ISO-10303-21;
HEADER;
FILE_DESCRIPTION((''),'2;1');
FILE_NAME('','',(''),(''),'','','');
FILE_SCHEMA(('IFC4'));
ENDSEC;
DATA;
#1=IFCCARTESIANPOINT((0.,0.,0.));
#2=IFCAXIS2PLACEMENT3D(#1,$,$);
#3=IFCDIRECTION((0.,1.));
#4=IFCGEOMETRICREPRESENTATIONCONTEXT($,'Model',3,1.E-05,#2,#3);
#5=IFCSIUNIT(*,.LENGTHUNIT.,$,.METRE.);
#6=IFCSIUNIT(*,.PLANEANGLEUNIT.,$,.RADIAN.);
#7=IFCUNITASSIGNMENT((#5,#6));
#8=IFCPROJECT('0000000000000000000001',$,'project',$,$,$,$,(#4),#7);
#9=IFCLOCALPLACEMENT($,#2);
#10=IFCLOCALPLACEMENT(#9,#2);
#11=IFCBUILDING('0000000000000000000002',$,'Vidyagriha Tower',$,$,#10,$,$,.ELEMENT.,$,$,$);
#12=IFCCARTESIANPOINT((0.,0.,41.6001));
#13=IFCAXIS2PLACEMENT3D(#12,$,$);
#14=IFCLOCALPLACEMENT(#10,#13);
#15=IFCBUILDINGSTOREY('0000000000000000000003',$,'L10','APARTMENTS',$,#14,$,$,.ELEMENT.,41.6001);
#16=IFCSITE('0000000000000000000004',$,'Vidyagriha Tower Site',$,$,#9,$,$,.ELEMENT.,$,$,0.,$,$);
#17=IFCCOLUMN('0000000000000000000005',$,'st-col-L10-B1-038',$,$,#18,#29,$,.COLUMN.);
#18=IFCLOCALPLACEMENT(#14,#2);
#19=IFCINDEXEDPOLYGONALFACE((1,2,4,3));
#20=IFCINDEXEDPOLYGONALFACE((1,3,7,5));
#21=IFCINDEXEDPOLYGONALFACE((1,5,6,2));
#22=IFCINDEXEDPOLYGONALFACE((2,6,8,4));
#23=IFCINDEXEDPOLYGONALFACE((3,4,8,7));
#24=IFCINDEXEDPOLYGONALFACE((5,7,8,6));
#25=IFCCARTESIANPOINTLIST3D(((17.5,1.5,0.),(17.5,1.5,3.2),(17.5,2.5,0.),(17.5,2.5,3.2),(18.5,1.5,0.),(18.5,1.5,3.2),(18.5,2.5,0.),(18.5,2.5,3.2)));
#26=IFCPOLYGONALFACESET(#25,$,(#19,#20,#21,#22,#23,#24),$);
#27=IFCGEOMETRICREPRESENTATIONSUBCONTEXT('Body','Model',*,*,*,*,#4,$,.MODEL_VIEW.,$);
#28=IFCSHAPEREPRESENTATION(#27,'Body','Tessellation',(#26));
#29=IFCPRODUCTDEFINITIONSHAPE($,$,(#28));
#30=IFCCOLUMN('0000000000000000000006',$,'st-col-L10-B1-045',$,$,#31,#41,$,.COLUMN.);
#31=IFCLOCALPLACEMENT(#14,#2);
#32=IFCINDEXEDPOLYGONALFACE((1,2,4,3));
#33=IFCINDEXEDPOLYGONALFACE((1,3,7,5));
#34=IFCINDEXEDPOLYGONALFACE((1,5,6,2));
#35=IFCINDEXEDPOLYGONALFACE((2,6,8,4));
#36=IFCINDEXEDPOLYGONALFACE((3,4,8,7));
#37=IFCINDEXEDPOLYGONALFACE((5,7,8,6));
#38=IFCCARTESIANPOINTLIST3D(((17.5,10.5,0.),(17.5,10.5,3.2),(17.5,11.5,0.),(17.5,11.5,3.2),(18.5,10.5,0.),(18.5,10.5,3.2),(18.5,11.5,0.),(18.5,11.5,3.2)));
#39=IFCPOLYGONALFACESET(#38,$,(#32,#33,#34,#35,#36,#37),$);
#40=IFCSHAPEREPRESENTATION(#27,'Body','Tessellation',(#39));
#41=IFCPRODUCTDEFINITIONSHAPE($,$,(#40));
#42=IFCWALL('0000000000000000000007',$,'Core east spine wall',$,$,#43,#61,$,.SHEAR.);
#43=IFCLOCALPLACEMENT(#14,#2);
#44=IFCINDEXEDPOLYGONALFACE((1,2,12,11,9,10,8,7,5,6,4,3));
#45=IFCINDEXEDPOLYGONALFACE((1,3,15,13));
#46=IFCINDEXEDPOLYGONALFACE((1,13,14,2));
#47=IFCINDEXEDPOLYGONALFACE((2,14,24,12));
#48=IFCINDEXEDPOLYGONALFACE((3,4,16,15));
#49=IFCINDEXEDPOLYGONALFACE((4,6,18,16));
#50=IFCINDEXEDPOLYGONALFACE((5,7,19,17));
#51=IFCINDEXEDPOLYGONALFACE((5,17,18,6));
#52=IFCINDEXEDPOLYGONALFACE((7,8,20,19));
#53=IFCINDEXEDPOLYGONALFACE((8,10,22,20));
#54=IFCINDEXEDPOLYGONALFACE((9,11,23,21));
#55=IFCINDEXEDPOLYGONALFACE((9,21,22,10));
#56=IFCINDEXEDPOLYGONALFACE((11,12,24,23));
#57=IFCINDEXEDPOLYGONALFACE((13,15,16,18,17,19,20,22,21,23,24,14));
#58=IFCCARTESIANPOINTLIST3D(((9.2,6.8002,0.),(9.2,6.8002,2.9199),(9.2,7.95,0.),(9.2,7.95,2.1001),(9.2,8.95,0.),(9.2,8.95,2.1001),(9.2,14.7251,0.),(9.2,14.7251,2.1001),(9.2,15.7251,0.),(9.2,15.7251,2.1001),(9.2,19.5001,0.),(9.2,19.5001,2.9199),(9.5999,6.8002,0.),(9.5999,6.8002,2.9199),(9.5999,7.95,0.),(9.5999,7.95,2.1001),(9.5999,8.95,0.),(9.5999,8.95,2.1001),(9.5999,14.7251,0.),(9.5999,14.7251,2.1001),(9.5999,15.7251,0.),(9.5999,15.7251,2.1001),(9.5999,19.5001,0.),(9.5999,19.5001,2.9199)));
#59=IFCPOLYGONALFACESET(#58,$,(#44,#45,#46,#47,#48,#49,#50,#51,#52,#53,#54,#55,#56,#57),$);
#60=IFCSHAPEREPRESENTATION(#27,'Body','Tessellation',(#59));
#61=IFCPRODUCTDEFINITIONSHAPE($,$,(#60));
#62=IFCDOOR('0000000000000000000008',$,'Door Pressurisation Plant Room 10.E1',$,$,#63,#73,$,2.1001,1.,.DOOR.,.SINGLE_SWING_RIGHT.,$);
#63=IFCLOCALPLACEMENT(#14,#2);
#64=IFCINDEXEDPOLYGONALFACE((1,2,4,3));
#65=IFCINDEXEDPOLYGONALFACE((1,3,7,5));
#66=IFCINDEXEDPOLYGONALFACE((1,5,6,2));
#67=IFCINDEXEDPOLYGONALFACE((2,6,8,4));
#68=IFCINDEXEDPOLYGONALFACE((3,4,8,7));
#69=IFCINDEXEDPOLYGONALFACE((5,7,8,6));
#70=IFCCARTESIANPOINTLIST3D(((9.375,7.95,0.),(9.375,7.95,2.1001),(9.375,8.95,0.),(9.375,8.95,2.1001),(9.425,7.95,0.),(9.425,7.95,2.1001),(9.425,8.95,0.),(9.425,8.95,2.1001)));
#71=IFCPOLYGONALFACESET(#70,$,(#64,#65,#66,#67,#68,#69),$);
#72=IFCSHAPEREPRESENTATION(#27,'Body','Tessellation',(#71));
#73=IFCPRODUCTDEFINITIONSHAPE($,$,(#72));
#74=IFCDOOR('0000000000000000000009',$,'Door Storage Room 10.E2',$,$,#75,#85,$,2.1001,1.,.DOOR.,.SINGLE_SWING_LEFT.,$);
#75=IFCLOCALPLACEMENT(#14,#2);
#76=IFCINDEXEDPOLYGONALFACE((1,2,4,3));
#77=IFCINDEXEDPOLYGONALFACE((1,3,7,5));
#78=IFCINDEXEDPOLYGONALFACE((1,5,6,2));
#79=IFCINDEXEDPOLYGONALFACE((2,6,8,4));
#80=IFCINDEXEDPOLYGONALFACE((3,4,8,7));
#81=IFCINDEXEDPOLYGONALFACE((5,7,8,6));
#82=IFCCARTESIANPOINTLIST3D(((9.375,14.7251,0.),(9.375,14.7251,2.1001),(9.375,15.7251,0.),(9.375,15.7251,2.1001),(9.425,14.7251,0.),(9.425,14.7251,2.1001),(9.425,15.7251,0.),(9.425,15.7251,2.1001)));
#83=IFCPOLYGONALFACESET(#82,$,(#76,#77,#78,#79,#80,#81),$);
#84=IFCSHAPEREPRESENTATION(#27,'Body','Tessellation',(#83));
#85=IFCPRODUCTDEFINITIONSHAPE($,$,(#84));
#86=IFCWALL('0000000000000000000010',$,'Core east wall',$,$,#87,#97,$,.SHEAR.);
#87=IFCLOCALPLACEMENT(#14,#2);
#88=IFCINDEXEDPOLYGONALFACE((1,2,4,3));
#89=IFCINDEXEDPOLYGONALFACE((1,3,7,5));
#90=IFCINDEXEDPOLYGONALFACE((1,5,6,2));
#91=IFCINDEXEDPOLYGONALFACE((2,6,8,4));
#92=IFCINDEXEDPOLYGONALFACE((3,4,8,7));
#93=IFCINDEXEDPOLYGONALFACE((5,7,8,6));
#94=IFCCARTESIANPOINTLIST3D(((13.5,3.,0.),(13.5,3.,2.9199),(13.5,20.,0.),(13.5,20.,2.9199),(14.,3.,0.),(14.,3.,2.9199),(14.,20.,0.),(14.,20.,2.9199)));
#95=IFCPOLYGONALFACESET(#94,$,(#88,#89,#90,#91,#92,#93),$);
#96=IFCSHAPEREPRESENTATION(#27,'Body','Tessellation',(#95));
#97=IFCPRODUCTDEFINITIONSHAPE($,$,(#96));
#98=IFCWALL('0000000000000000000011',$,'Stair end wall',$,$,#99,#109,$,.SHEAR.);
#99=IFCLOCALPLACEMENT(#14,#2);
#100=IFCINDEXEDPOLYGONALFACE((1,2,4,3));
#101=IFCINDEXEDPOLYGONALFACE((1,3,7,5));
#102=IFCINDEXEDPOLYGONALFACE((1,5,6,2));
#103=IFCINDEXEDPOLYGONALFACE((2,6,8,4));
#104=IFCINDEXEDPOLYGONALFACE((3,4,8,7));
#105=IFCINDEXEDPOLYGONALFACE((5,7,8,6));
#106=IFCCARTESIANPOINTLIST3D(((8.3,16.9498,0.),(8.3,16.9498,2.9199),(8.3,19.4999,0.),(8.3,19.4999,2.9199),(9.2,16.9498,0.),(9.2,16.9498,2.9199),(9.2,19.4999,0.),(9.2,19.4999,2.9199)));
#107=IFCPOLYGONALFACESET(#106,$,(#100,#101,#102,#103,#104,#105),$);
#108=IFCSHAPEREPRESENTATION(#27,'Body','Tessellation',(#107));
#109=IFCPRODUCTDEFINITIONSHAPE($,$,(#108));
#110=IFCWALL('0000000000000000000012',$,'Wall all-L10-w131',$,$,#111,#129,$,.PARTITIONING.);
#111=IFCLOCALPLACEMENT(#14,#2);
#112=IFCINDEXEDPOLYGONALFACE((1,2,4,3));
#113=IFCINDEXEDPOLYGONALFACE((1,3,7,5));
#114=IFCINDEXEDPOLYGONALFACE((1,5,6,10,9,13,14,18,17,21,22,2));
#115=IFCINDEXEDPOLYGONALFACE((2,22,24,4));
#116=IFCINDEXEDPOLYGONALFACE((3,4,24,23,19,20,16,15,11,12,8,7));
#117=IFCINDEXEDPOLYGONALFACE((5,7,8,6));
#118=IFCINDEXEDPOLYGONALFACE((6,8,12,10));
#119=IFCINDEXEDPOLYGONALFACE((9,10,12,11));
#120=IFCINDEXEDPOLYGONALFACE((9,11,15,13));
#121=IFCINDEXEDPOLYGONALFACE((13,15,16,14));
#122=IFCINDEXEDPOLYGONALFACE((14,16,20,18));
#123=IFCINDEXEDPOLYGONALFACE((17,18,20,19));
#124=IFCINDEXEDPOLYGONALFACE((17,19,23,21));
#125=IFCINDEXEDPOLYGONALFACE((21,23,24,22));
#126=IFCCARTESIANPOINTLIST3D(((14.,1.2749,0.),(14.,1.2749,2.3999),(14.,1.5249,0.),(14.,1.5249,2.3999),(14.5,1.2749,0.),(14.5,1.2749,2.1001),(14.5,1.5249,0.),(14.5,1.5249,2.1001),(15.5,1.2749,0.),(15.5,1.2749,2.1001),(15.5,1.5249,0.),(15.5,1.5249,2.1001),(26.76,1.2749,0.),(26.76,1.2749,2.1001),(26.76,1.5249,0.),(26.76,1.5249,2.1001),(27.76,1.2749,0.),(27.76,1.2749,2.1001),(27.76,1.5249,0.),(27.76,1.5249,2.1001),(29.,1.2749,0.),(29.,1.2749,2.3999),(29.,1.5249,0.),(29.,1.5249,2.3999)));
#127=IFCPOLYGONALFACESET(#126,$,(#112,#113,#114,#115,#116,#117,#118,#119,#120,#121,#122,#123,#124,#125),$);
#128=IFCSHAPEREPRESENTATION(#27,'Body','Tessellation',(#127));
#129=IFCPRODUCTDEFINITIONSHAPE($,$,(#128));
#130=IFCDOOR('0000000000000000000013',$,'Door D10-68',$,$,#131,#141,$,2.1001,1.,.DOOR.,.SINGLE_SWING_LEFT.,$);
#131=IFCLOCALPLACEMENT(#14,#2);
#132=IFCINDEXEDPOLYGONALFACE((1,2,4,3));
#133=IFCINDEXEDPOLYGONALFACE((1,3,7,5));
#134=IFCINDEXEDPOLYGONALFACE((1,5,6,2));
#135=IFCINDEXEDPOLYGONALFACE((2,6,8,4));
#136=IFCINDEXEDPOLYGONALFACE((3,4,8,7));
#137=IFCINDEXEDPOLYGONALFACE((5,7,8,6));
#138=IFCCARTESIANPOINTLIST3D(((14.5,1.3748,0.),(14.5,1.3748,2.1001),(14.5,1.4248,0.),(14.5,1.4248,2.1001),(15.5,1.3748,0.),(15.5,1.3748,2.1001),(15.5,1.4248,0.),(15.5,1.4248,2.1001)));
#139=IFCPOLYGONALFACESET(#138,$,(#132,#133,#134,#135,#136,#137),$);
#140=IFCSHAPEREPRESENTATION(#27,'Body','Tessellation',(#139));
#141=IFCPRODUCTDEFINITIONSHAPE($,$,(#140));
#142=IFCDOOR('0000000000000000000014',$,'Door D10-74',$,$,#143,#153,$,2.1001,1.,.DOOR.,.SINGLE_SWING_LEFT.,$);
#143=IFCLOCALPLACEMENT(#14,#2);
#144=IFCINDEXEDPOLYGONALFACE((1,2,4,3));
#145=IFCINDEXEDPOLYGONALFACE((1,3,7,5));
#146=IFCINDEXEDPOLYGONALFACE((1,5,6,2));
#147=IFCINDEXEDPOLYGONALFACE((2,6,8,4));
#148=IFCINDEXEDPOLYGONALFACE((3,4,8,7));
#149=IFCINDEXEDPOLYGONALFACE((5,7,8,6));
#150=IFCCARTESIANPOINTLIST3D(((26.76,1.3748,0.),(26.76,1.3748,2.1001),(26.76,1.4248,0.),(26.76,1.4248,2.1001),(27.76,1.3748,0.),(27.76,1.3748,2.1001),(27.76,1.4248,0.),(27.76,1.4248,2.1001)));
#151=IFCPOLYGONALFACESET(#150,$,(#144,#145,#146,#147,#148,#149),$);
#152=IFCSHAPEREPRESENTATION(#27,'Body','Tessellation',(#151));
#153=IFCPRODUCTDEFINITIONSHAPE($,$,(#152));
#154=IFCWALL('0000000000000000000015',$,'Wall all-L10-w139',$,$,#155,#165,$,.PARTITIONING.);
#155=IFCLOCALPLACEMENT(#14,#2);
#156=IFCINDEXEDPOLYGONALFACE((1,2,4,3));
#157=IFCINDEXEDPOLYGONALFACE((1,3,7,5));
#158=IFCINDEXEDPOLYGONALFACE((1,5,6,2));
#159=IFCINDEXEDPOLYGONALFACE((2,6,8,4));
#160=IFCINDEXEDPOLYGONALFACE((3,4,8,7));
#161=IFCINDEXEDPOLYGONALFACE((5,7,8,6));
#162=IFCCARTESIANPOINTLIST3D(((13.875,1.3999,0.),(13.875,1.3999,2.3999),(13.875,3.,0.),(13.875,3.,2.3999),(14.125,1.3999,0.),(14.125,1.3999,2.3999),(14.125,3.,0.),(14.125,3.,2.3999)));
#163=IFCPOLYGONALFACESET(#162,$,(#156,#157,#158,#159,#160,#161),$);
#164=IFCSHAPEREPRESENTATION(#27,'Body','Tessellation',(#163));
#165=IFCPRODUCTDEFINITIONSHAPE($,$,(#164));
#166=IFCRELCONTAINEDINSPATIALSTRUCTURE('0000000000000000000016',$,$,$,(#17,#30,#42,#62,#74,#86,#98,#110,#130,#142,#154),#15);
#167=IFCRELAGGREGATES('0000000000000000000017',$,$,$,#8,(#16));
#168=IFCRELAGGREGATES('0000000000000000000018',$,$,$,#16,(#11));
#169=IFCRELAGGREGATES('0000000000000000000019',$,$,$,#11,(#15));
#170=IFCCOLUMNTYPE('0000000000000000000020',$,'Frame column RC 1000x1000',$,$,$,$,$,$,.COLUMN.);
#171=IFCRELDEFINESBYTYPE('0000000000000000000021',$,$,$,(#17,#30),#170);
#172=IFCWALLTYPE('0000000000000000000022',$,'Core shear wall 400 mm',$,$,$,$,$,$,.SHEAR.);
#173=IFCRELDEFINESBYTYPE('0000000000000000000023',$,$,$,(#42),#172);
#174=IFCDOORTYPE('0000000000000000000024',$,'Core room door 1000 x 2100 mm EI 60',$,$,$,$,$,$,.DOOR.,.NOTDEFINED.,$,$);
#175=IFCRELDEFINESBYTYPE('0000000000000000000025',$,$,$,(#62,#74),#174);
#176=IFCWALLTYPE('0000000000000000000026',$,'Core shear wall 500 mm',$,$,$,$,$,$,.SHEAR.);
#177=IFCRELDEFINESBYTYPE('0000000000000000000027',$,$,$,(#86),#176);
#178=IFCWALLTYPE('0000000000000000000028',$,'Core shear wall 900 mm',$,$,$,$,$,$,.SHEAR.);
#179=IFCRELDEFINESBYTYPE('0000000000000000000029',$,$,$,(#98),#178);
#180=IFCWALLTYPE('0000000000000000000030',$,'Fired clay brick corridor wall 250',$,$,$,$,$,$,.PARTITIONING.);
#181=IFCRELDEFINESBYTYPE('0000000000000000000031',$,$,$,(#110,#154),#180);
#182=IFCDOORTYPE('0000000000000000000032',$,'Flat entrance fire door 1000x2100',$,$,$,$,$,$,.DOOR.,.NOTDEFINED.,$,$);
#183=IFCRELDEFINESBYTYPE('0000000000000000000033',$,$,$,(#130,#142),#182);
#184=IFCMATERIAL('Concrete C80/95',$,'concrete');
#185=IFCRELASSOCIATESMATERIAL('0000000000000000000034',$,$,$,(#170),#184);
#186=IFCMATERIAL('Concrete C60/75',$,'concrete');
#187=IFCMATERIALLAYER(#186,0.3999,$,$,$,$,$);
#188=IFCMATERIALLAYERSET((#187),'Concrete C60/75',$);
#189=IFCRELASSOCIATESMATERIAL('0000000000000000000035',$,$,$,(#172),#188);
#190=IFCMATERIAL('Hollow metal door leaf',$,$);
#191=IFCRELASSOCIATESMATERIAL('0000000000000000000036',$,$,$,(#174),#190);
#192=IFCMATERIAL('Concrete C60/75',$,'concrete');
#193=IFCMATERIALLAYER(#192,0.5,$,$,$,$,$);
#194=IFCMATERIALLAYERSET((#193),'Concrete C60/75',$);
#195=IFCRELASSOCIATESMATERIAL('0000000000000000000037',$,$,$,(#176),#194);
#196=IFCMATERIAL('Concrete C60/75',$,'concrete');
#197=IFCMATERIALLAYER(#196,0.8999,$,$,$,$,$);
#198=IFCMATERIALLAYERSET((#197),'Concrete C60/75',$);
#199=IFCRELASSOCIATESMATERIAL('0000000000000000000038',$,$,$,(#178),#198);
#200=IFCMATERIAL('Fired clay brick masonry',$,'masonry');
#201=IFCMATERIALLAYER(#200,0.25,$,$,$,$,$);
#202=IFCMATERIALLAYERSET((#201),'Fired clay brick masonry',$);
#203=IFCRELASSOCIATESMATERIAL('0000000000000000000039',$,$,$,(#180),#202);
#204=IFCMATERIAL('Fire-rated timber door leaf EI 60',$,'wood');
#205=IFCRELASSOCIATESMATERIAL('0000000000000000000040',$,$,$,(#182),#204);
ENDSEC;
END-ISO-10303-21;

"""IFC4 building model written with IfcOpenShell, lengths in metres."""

from ifc_helpers import new_model, si_unit, direction, frame, frame_2d, origin, origin_2d, place, context, subcontext, project, spatial, rectangle, extrude, material, layer, layer_set, material_profile, profile_set, type_object, element, fill, save


model = new_model("IFC4")

# Units and contexts
model_context = context("Model", 3, precision=1e-05, world=origin(), true_north=direction((0.0, 1.0)))
body_context = subcontext(model_context, "Body", "Model", "MODEL_VIEW")
ifc_project = project(units=[si_unit("LENGTHUNIT", "METRE"), si_unit("PLANEANGLEUNIT", "RADIAN")], contexts=[model_context])

# Site, building, storey
site_placement = place(None, origin())
site = spatial("IfcSite", under=ifc_project, at=site_placement, Name="Vidyagriha Tower Site", CompositionType="ELEMENT", RefElevation=0.0)
building_placement = place(site_placement, origin())
building = spatial("IfcBuilding", under=site, at=building_placement, Name="Vidyagriha Tower", CompositionType="ELEMENT")
storey_placement = place(building_placement, frame((0.0, 0.0, 41.6001)))
storey = spatial("IfcBuildingStorey", under=building, at=storey_placement, Name="L10", Description="APARTMENTS", CompositionType="ELEMENT", Elevation=41.6001)

# Columns
ifc_material_1 = material(Name="Concrete C80/95", Category="concrete")
ifc_material_profile = material_profile(ifc_material_1, rectangle(XDim=1.0, YDim=1.0, at=origin_2d()), Name="RC 1000x1000")
ifc_profile_set = profile_set([ifc_material_profile], Name="Concrete C80/95")
column_type = type_object("IfcColumnType", Name="Frame column RC 1000x1000", PredefinedType="COLUMN", material=ifc_profile_set)
for number, where, name in (
    (1, (18.0, 2.0, 0.0), "st-col-L10-B1-038"),
    (2, (18.0, 11.0, 0.0), "st-col-L10-B1-045"),
):
    element("IfcColumn", number, at=place(storey_placement, frame(where)), inside=storey, type_object=column_type, Name=name, PredefinedType="COLUMN", context=body_context, shape_type="SweptSolid", body=[
        extrude(rectangle(XDim=1.0, YDim=1.0, at=origin_2d()), origin(), (0.0, 0.0, 1.0), 3.2),
    ])

# Wall, openings, doors
ifc_material_2 = material(Name="Concrete C60/75", Category="concrete")
ifc_layer_1 = layer(ifc_material_2, 0.3999)
ifc_layer_set_1 = layer_set([ifc_layer_1], Name="Concrete C60/75")
wall_type_1 = type_object("IfcWallType", Name="Core shear wall 400 mm", PredefinedType="SHEAR", material=ifc_layer_set_1)
wall_1_placement = place(storey_placement, frame((9.3999, 6.8, 0.0), z_axis=(0.0, 0.0, 1.0), x_axis=(0.0, 1.0, 0.0)))
wall_1 = element("IfcWall", 3, at=wall_1_placement, inside=storey, type_object=wall_type_1, Name="Core east spine wall", PredefinedType="SHEAR", context=body_context, shape_type="SweptSolid", body=[
    extrude(rectangle(XDim=12.7, YDim=0.3999, at=frame_2d((6.3501, 0.0))), origin(), (0.0, 0.0, 1.0), 2.9199),
])
opening_1_placement = place(wall_1_placement, frame((1.1499, 0.0, 0.0)))
opening_1 = element("IfcOpeningElement", 4, at=opening_1_placement, cuts=wall_1, PredefinedType="OPENING", context=body_context, shape_type="SweptSolid", body=[
    extrude(rectangle(XDim=1.0, YDim=2.1001, at=frame_2d((0.5, 1.05))), frame((0.0, 0.21, 0.0), z_axis=(0.0, -1.0, 0.0), x_axis=(1.0, 0.0, 0.0)), (0.0, 0.0, 1.0), 0.4199),
])
opening_2_placement = place(wall_1_placement, frame((7.925, 0.0, 0.0)))
opening_2 = element("IfcOpeningElement", 5, at=opening_2_placement, cuts=wall_1, PredefinedType="OPENING", context=body_context, shape_type="SweptSolid", body=[
    extrude(rectangle(XDim=1.0, YDim=2.1001, at=frame_2d((0.5, 1.05))), frame((0.0, 0.21, 0.0), z_axis=(0.0, -1.0, 0.0), x_axis=(1.0, 0.0, 0.0)), (0.0, 0.0, 1.0), 0.4199),
])
ifc_material_3 = material(Name="Hollow metal door leaf")
door_type_1 = type_object("IfcDoorType", Name="Core room door 1000 x 2100 mm EI 60", OperationType="NOTDEFINED", PredefinedType="DOOR", material=ifc_material_3)
door_1_placement = place(opening_1_placement, origin())
door_1 = element("IfcDoor", 6, at=door_1_placement, inside=storey, type_object=door_type_1, Name="Door Pressurisation Plant Room 10.E1", OperationType="SINGLE_SWING_RIGHT", OverallHeight=2.1001, OverallWidth=1.0, PredefinedType="DOOR", context=body_context, shape_type="SweptSolid", body=[
    extrude(rectangle(XDim=1.0, YDim=2.1001, at=frame_2d((0.5, 1.05))), frame((0.0, 0.0249, 0.0), z_axis=(0.0, -1.0, 0.0), x_axis=(1.0, 0.0, 0.0)), (0.0, 0.0, 1.0), 0.05),
])
fill(opening_1, door_1)
door_2_placement = place(opening_2_placement, origin())
door_2 = element("IfcDoor", 7, at=door_2_placement, inside=storey, type_object=door_type_1, Name="Door Storage Room 10.E2", OperationType="SINGLE_SWING_LEFT", OverallHeight=2.1001, OverallWidth=1.0, PredefinedType="DOOR", context=body_context, shape_type="SweptSolid", body=[
    extrude(rectangle(XDim=1.0, YDim=2.1001, at=frame_2d((0.5, 1.05))), frame((0.0, 0.0249, 0.0), z_axis=(0.0, -1.0, 0.0), x_axis=(1.0, 0.0, 0.0)), (0.0, 0.0, 1.0), 0.05),
])
fill(opening_2, door_2)

# Walls
ifc_material_4 = material(Name="Concrete C60/75", Category="concrete")
ifc_layer_2 = layer(ifc_material_4, 0.5)
ifc_layer_set_2 = layer_set([ifc_layer_2], Name="Concrete C60/75")
wall_type_2 = type_object("IfcWallType", Name="Core shear wall 500 mm", PredefinedType="SHEAR", material=ifc_layer_set_2)
wall_2_placement = place(storey_placement, frame((13.75, 3.0, 0.0), z_axis=(0.0, 0.0, 1.0), x_axis=(0.0, 1.0, 0.0)))
element("IfcWall", 8, at=wall_2_placement, inside=storey, type_object=wall_type_2, Name="Core east wall", PredefinedType="SHEAR", context=body_context, shape_type="SweptSolid", body=[
    extrude(rectangle(XDim=17.0, YDim=0.5, at=frame_2d((8.5, 0.0))), origin(), (0.0, 0.0, 1.0), 2.9199),
])
ifc_material_5 = material(Name="Concrete C60/75", Category="concrete")
ifc_layer_3 = layer(ifc_material_5, 0.8999)
ifc_layer_set_3 = layer_set([ifc_layer_3], Name="Concrete C60/75")
wall_type_3 = type_object("IfcWallType", Name="Core shear wall 900 mm", PredefinedType="SHEAR", material=ifc_layer_set_3)
wall_3_placement = place(storey_placement, frame((8.75, 16.95, 0.0), z_axis=(0.0, 0.0, 1.0), x_axis=(0.0, 1.0, 0.0)))
element("IfcWall", 9, at=wall_3_placement, inside=storey, type_object=wall_type_3, Name="Stair end wall", PredefinedType="SHEAR", context=body_context, shape_type="SweptSolid", body=[
    extrude(rectangle(XDim=2.55, YDim=0.8999, at=frame_2d((1.2749, 0.0))), origin(), (0.0, 0.0, 1.0), 2.9199),
])

# Wall, openings, doors
ifc_material_6 = material(Name="Fired clay brick masonry", Category="masonry")
ifc_layer_4 = layer(ifc_material_6, 0.25)
ifc_layer_set_4 = layer_set([ifc_layer_4], Name="Fired clay brick masonry")
wall_type_4 = type_object("IfcWallType", Name="Fired clay brick corridor wall 250", PredefinedType="PARTITIONING", material=ifc_layer_set_4)
wall_4_placement = place(storey_placement, frame((14.0, 1.3999, 0.0)))
wall_4 = element("IfcWall", 10, at=wall_4_placement, inside=storey, type_object=wall_type_4, Name="Wall all-L10-w131", PredefinedType="PARTITIONING", context=body_context, shape_type="SweptSolid", body=[
    extrude(rectangle(XDim=15.0, YDim=0.25, at=frame_2d((7.5, 0.0))), origin(), (0.0, 0.0, 1.0), 2.3999),
])
opening_3_placement = place(wall_4_placement, frame((0.5, 0.0, 0.0)))
opening_3 = element("IfcOpeningElement", 11, at=opening_3_placement, cuts=wall_4, PredefinedType="OPENING", context=body_context, shape_type="SweptSolid", body=[
    extrude(rectangle(XDim=1.0, YDim=2.1001, at=frame_2d((0.5, 1.05))), frame((0.0, 0.135, 0.0), z_axis=(0.0, -1.0, 0.0), x_axis=(1.0, 0.0, 0.0)), (0.0, 0.0, 1.0), 0.27),
])
opening_4_placement = place(wall_4_placement, frame((12.76, 0.0, 0.0)))
opening_4 = element("IfcOpeningElement", 12, at=opening_4_placement, cuts=wall_4, PredefinedType="OPENING", context=body_context, shape_type="SweptSolid", body=[
    extrude(rectangle(XDim=1.0, YDim=2.1001, at=frame_2d((0.5, 1.05))), frame((0.0, 0.135, 0.0), z_axis=(0.0, -1.0, 0.0), x_axis=(1.0, 0.0, 0.0)), (0.0, 0.0, 1.0), 0.27),
])
ifc_material_7 = material(Name="Fire-rated timber door leaf EI 60", Category="wood")
door_type_2 = type_object("IfcDoorType", Name="Flat entrance fire door 1000x2100", OperationType="NOTDEFINED", PredefinedType="DOOR", material=ifc_material_7)
door_3_placement = place(opening_3_placement, origin())
door_3 = element("IfcDoor", 13, at=door_3_placement, inside=storey, type_object=door_type_2, Name="Door D10-68", OperationType="SINGLE_SWING_LEFT", OverallHeight=2.1001, OverallWidth=1.0, PredefinedType="DOOR", context=body_context, shape_type="SweptSolid", body=[
    extrude(rectangle(XDim=1.0, YDim=2.1001, at=frame_2d((0.5, 1.05))), frame((0.0, 0.0249, 0.0), z_axis=(0.0, -1.0, 0.0), x_axis=(1.0, 0.0, 0.0)), (0.0, 0.0, 1.0), 0.05),
])
fill(opening_3, door_3)
door_4_placement = place(opening_4_placement, origin())
door_4 = element("IfcDoor", 14, at=door_4_placement, inside=storey, type_object=door_type_2, Name="Door D10-74", OperationType="SINGLE_SWING_LEFT", OverallHeight=2.1001, OverallWidth=1.0, PredefinedType="DOOR", context=body_context, shape_type="SweptSolid", body=[
    extrude(rectangle(XDim=1.0, YDim=2.1001, at=frame_2d((0.5, 1.05))), frame((0.0, 0.0249, 0.0), z_axis=(0.0, -1.0, 0.0), x_axis=(1.0, 0.0, 0.0)), (0.0, 0.0, 1.0), 0.05),
])
fill(opening_4, door_4)

# Wall
wall_5_placement = place(storey_placement, frame((14.0, 1.3999, 0.0), z_axis=(0.0, 0.0, 1.0), x_axis=(0.0, 1.0, 0.0)))
element("IfcWall", 15, at=wall_5_placement, inside=storey, type_object=wall_type_4, Name="Wall all-L10-w139", PredefinedType="PARTITIONING", context=body_context, shape_type="SweptSolid", body=[
    extrude(rectangle(XDim=1.6001, YDim=0.25, at=frame_2d((0.8, 0.0))), origin(), (0.0, 0.0, 1.0), 2.3999),
])

save(model, "model.ifc")
